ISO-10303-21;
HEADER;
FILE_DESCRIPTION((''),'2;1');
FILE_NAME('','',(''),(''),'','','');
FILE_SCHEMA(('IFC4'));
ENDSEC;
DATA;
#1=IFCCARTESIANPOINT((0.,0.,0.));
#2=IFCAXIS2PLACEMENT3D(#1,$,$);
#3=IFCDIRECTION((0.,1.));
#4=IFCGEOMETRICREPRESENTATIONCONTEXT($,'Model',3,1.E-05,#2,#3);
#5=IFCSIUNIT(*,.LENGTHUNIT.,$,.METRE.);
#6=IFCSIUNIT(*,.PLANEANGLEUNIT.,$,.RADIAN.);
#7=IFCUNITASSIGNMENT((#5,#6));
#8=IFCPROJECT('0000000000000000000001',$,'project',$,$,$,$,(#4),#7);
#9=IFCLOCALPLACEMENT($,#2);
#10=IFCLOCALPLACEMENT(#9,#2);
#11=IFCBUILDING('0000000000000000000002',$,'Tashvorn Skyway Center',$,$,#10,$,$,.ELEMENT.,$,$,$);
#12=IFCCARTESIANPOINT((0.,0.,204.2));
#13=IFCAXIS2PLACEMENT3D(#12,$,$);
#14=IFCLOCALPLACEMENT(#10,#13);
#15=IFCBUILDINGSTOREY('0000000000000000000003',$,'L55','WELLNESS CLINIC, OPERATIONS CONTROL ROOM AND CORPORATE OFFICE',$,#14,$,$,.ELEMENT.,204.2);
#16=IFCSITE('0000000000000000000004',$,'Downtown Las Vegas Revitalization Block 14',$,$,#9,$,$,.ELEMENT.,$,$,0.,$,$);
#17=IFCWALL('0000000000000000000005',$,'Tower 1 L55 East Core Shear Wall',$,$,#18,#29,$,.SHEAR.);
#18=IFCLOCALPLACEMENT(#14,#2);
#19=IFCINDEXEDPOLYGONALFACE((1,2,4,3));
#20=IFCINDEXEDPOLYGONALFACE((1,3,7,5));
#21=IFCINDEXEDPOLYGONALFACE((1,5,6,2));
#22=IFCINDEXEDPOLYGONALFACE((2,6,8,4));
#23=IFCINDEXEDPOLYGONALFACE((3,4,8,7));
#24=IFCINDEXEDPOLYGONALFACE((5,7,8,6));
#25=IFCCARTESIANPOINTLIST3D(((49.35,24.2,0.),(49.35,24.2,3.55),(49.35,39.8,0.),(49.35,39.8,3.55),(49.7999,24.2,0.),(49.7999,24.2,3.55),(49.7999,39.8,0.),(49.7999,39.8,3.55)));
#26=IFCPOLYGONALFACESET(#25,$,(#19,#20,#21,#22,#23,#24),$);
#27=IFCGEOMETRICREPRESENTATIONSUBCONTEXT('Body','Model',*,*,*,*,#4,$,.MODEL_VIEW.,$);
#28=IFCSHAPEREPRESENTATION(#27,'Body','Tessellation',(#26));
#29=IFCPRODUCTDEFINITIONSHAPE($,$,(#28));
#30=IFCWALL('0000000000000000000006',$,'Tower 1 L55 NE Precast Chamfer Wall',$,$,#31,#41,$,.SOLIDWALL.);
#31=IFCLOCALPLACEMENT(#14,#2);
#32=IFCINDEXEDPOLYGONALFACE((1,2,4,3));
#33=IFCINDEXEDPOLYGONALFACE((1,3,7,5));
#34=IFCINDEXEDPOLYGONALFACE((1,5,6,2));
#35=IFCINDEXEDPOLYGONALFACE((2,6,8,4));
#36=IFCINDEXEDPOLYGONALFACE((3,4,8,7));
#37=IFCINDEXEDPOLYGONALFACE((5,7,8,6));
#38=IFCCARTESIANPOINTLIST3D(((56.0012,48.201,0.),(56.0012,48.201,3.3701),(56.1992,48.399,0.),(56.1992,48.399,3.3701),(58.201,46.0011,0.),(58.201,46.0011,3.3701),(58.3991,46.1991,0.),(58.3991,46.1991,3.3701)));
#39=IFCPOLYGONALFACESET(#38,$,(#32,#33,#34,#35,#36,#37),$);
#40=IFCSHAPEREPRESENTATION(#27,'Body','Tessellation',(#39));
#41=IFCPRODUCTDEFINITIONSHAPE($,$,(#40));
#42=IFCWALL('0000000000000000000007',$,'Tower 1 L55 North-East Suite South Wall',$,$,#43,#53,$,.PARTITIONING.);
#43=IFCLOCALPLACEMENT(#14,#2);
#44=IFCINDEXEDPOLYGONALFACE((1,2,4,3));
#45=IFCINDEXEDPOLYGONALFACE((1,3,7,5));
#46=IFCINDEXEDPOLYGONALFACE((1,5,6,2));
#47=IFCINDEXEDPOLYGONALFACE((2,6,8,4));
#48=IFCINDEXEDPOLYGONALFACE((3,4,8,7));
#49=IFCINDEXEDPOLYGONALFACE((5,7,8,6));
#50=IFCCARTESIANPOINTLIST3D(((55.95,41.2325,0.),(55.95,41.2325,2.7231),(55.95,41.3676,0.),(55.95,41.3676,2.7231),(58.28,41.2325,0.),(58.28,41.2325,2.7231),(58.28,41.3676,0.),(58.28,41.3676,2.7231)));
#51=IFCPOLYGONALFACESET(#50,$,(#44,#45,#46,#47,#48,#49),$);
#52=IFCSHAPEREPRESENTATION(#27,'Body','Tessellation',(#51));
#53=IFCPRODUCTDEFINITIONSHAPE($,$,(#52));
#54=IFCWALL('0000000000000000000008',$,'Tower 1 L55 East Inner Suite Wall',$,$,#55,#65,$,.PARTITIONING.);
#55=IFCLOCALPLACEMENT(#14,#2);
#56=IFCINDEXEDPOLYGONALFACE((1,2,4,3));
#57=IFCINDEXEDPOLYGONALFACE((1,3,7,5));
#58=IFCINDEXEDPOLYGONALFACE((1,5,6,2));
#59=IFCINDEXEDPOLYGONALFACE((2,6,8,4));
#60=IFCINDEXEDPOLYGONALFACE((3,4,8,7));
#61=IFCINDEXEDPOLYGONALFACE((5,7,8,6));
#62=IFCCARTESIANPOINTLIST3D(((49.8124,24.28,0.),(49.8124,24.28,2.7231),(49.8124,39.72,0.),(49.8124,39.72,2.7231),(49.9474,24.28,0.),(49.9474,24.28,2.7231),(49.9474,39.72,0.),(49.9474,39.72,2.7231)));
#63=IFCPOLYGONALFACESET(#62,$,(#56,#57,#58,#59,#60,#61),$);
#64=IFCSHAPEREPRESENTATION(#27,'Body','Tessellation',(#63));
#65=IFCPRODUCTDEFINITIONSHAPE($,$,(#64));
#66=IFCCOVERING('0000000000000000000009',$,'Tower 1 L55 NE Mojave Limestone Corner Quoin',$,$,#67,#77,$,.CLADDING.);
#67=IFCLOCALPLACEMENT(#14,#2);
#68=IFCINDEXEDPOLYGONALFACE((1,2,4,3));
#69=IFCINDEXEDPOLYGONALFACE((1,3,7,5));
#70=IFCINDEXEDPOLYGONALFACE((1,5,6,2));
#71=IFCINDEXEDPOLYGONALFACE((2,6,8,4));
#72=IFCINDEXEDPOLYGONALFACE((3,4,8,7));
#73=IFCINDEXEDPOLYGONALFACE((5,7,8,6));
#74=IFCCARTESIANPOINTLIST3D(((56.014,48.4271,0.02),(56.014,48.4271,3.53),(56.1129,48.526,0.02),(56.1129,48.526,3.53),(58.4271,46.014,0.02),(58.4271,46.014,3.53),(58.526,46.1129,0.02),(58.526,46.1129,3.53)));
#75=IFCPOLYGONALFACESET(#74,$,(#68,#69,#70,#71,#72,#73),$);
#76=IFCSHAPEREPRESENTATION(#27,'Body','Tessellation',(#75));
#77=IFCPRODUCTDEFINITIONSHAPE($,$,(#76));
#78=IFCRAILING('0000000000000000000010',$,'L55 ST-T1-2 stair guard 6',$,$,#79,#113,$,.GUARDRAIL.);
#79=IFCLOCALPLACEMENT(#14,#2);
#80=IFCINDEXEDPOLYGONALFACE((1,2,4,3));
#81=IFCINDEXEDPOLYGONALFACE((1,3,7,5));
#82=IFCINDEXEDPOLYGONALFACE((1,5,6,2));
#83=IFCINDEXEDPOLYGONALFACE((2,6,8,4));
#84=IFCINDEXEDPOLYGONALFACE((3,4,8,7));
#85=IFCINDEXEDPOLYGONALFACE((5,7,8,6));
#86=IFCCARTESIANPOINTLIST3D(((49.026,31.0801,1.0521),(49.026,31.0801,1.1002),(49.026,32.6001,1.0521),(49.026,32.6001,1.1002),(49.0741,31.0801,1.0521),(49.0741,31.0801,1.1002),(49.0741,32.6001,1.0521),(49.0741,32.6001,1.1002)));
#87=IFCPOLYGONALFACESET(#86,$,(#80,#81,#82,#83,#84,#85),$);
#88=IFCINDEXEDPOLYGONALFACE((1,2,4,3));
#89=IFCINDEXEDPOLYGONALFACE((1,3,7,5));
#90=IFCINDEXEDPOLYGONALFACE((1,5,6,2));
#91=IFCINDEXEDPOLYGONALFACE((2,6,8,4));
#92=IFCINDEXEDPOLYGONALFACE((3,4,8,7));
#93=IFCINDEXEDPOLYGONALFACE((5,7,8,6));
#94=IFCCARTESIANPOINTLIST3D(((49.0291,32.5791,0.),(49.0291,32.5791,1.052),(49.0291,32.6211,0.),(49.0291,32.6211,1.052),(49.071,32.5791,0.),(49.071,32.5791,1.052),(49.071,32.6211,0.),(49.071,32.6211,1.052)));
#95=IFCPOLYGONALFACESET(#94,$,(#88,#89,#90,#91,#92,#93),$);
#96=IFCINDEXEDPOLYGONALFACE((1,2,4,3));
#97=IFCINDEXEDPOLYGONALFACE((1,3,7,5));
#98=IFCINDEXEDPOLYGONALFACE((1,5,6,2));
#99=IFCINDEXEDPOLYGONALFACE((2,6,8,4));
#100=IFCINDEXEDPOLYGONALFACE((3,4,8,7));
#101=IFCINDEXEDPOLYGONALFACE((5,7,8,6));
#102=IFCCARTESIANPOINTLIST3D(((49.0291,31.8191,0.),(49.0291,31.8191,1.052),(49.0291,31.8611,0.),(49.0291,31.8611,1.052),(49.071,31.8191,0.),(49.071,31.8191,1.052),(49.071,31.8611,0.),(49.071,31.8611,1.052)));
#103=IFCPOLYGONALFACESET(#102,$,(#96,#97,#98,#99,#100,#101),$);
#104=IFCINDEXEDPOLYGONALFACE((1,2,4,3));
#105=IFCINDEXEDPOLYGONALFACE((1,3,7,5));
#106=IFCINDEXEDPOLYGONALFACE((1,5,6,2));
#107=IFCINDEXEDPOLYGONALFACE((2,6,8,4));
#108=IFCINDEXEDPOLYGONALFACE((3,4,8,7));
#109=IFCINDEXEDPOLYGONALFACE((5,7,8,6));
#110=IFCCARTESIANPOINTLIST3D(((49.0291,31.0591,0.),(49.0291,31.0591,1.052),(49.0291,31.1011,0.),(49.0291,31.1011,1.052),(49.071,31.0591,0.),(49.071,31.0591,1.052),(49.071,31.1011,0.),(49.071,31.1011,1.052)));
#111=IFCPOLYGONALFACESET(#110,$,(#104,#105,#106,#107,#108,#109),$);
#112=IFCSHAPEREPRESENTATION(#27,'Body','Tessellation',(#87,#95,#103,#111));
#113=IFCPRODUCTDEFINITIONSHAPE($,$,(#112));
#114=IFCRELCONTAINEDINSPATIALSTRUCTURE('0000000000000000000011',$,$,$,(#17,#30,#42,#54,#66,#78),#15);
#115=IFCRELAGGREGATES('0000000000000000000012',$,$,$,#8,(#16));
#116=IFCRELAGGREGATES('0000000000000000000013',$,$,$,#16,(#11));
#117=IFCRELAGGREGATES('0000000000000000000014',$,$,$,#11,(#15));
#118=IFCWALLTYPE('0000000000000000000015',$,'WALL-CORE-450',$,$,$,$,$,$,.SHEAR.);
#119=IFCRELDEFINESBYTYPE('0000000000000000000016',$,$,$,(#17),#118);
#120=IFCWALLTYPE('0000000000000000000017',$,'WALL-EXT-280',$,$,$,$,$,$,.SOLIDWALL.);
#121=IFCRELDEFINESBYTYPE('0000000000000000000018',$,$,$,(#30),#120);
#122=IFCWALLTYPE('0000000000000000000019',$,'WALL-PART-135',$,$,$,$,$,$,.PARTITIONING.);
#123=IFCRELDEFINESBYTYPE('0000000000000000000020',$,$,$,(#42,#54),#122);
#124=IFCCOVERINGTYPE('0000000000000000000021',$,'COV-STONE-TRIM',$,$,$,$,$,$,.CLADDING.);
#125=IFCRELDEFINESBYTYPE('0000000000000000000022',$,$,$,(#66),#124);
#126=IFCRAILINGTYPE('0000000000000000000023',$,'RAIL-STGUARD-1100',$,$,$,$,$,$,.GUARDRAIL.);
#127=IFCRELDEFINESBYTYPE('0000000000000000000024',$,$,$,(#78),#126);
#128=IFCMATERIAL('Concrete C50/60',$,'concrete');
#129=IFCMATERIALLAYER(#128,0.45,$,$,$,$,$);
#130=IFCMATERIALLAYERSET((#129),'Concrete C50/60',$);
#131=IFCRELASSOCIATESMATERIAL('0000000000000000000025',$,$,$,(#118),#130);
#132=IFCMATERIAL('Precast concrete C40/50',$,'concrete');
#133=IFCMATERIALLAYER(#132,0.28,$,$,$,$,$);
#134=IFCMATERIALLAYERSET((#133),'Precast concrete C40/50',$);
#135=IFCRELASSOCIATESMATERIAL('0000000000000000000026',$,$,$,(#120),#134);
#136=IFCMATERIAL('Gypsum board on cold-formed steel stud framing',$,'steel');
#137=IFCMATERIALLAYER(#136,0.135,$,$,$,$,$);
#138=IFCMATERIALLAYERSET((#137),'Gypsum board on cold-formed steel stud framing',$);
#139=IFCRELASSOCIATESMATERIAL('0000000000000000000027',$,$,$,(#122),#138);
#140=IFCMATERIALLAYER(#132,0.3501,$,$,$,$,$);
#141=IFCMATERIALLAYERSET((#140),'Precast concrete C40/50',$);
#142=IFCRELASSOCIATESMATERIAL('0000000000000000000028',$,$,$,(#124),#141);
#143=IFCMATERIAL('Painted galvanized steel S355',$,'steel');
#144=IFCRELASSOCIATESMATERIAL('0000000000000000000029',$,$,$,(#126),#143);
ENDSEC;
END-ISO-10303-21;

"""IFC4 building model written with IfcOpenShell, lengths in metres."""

from ifc_helpers import new_model, si_unit, direction, frame, frame_2d, origin, origin_2d, place, context, subcontext, project, spatial, rectangle, extrude, material, layer, layer_set, type_object, element, save


model = new_model("IFC4")

# Units and contexts
model_context = context("Model", 3, precision=1e-05, world=origin(), true_north=direction((0.0, 1.0)))
body_context = subcontext(model_context, "Body", "Model", "MODEL_VIEW")
ifc_project = project(units=[si_unit("LENGTHUNIT", "METRE"), si_unit("PLANEANGLEUNIT", "RADIAN")], contexts=[model_context])

# Site, building, storey
site_placement = place(None, origin())
site = spatial("IfcSite", under=ifc_project, at=site_placement, Name="Downtown Las Vegas Revitalization Block 14", CompositionType="ELEMENT", RefElevation=0.0)
building_placement = place(site_placement, origin())
building = spatial("IfcBuilding", under=site, at=building_placement, Name="Tashvorn Skyway Center", CompositionType="ELEMENT")
storey_placement = place(building_placement, frame((0.0, 0.0, 204.2)))
storey = spatial("IfcBuildingStorey", under=building, at=storey_placement, Name="L55", Description="WELLNESS CLINIC, OPERATIONS CONTROL ROOM AND CORPORATE OFFICE", CompositionType="ELEMENT", Elevation=204.2)

# Walls
ifc_material_1 = material(Name="Concrete C50/60", Category="concrete")
ifc_layer_1 = layer(ifc_material_1, 0.45)
ifc_layer_set_1 = layer_set([ifc_layer_1], Name="Concrete C50/60")
wall_type_1 = type_object("IfcWallType", Name="WALL-CORE-450", PredefinedType="SHEAR", material=ifc_layer_set_1)
wall_1_placement = place(storey_placement, frame((49.575, 39.8, 0.0), z_axis=(0.0, 0.0, 1.0), x_axis=(0.0, -1.0, 0.0)))
element("IfcWall", 1, at=wall_1_placement, inside=storey, type_object=wall_type_1, Name="Tower 1 L55 East Core Shear Wall", PredefinedType="SHEAR", context=body_context, shape_type="SweptSolid", body=[
    extrude(rectangle(XDim=15.6001, YDim=0.45, at=frame_2d((7.8, 0.0))), origin(), (0.0, 0.0, 1.0), 3.55),
])
ifc_material_2 = material(Name="Precast concrete C40/50", Category="concrete")
ifc_layer_2 = layer(ifc_material_2, 0.28)
ifc_layer_set_2 = layer_set([ifc_layer_2], Name="Precast concrete C40/50")
wall_type_2 = type_object("IfcWallType", Name="WALL-EXT-280", PredefinedType="SOLIDWALL", material=ifc_layer_set_2)
wall_2_placement = place(storey_placement, frame((56.1001, 48.3, 0.0), z_axis=(0.0, 0.0, 1.0), x_axis=(0.707107, -0.707107, 0.0)))
element("IfcWall", 2, at=wall_2_placement, inside=storey, type_object=wall_type_2, Name="Tower 1 L55 NE Precast Chamfer Wall", PredefinedType="SOLIDWALL", context=body_context, shape_type="SweptSolid", body=[
    extrude(rectangle(XDim=3.1111, YDim=0.28, at=frame_2d((1.5557, 0.0))), origin(), (0.0, 0.0, 1.0), 3.3701),
])
ifc_material_3 = material(Name="Gypsum board on cold-formed steel stud framing", Category="steel")
ifc_layer_3 = layer(ifc_material_3, 0.135)
ifc_layer_set_3 = layer_set([ifc_layer_3], Name="Gypsum board on cold-formed steel stud framing")
wall_type_3 = type_object("IfcWallType", Name="WALL-PART-135", PredefinedType="PARTITIONING", material=ifc_layer_set_3)
wall_3_placement = place(storey_placement, frame((55.95, 41.3, 0.0), z_axis=(0.0, 0.0, 1.0), x_axis=(1.0, 0.0, 0.0)))
element("IfcWall", 3, at=wall_3_placement, inside=storey, type_object=wall_type_3, Name="Tower 1 L55 North-East Suite South Wall", PredefinedType="PARTITIONING", context=body_context, shape_type="SweptSolid", body=[
    extrude(rectangle(XDim=2.3301, YDim=0.135, at=frame_2d((1.165, 0.0))), origin(), (0.0, 0.0, 1.0), 2.7231),
])
wall_4_placement = place(storey_placement, frame((49.8799, 39.72, 0.0), z_axis=(0.0, 0.0, 1.0), x_axis=(0.0, -1.0, 0.0)))
element("IfcWall", 4, at=wall_4_placement, inside=storey, type_object=wall_type_3, Name="Tower 1 L55 East Inner Suite Wall", PredefinedType="PARTITIONING", context=body_context, shape_type="SweptSolid", body=[
    extrude(rectangle(XDim=15.4399, YDim=0.135, at=frame_2d((7.72, 0.0))), origin(), (0.0, 0.0, 1.0), 2.7231),
])

# Covering
ifc_layer_4 = layer(ifc_material_2, 0.3501)
ifc_layer_set_4 = layer_set([ifc_layer_4], Name="Precast concrete C40/50")
covering_type = type_object("IfcCoveringType", Name="COV-STONE-TRIM", PredefinedType="CLADDING", material=ifc_layer_set_4)
covering_placement = place(storey_placement, frame((57.27, 47.27, 0.02), z_axis=(0.0, 0.0, 1.0), x_axis=(0.707107, -0.707107, 0.0)))
element("IfcCovering", 5, at=covering_placement, inside=storey, type_object=covering_type, Name="Tower 1 L55 NE Mojave Limestone Corner Quoin", PredefinedType="CLADDING", context=body_context, shape_type="SweptSolid", body=[
    extrude(rectangle(XDim=3.4126, YDim=0.1399, at=origin_2d()), origin(), (0.0, 0.0, 1.0), 3.51),
])

# Railing
ifc_material_4 = material(Name="Painted galvanized steel S355", Category="steel")
railing_type = type_object("IfcRailingType", Name="RAIL-STGUARD-1100", PredefinedType="GUARDRAIL", material=ifc_material_4)
railing_placement = place(storey_placement, frame((49.05, 32.6001, 0.0)))
element("IfcRailing", 6, at=railing_placement, inside=storey, type_object=railing_type, Name="L55 ST-T1-2 stair guard 6", PredefinedType="GUARDRAIL", context=body_context, shape_type="SweptSolid", body=[
    extrude(rectangle(XDim=0.0481, YDim=0.0481, at=origin_2d()), frame((0.0, 0.0, 1.0762), z_axis=(0.0, -1.0, 0.0), x_axis=(1.0, 0.0, 0.0)), (0.0, 0.0, 1.0), 1.52),
    extrude(rectangle(XDim=0.042, YDim=0.042, at=origin_2d()), origin(), (0.0, 0.0, 1.0), 1.052),
    extrude(rectangle(XDim=0.042, YDim=0.042, at=origin_2d()), frame((0.0, -0.76, 0.0)), (0.0, 0.0, 1.0), 1.052),
    extrude(rectangle(XDim=0.042, YDim=0.042, at=origin_2d()), frame((0.0, -1.52, 0.0)), (0.0, 0.0, 1.0), 1.052),
])

save(model, "model.ifc")
